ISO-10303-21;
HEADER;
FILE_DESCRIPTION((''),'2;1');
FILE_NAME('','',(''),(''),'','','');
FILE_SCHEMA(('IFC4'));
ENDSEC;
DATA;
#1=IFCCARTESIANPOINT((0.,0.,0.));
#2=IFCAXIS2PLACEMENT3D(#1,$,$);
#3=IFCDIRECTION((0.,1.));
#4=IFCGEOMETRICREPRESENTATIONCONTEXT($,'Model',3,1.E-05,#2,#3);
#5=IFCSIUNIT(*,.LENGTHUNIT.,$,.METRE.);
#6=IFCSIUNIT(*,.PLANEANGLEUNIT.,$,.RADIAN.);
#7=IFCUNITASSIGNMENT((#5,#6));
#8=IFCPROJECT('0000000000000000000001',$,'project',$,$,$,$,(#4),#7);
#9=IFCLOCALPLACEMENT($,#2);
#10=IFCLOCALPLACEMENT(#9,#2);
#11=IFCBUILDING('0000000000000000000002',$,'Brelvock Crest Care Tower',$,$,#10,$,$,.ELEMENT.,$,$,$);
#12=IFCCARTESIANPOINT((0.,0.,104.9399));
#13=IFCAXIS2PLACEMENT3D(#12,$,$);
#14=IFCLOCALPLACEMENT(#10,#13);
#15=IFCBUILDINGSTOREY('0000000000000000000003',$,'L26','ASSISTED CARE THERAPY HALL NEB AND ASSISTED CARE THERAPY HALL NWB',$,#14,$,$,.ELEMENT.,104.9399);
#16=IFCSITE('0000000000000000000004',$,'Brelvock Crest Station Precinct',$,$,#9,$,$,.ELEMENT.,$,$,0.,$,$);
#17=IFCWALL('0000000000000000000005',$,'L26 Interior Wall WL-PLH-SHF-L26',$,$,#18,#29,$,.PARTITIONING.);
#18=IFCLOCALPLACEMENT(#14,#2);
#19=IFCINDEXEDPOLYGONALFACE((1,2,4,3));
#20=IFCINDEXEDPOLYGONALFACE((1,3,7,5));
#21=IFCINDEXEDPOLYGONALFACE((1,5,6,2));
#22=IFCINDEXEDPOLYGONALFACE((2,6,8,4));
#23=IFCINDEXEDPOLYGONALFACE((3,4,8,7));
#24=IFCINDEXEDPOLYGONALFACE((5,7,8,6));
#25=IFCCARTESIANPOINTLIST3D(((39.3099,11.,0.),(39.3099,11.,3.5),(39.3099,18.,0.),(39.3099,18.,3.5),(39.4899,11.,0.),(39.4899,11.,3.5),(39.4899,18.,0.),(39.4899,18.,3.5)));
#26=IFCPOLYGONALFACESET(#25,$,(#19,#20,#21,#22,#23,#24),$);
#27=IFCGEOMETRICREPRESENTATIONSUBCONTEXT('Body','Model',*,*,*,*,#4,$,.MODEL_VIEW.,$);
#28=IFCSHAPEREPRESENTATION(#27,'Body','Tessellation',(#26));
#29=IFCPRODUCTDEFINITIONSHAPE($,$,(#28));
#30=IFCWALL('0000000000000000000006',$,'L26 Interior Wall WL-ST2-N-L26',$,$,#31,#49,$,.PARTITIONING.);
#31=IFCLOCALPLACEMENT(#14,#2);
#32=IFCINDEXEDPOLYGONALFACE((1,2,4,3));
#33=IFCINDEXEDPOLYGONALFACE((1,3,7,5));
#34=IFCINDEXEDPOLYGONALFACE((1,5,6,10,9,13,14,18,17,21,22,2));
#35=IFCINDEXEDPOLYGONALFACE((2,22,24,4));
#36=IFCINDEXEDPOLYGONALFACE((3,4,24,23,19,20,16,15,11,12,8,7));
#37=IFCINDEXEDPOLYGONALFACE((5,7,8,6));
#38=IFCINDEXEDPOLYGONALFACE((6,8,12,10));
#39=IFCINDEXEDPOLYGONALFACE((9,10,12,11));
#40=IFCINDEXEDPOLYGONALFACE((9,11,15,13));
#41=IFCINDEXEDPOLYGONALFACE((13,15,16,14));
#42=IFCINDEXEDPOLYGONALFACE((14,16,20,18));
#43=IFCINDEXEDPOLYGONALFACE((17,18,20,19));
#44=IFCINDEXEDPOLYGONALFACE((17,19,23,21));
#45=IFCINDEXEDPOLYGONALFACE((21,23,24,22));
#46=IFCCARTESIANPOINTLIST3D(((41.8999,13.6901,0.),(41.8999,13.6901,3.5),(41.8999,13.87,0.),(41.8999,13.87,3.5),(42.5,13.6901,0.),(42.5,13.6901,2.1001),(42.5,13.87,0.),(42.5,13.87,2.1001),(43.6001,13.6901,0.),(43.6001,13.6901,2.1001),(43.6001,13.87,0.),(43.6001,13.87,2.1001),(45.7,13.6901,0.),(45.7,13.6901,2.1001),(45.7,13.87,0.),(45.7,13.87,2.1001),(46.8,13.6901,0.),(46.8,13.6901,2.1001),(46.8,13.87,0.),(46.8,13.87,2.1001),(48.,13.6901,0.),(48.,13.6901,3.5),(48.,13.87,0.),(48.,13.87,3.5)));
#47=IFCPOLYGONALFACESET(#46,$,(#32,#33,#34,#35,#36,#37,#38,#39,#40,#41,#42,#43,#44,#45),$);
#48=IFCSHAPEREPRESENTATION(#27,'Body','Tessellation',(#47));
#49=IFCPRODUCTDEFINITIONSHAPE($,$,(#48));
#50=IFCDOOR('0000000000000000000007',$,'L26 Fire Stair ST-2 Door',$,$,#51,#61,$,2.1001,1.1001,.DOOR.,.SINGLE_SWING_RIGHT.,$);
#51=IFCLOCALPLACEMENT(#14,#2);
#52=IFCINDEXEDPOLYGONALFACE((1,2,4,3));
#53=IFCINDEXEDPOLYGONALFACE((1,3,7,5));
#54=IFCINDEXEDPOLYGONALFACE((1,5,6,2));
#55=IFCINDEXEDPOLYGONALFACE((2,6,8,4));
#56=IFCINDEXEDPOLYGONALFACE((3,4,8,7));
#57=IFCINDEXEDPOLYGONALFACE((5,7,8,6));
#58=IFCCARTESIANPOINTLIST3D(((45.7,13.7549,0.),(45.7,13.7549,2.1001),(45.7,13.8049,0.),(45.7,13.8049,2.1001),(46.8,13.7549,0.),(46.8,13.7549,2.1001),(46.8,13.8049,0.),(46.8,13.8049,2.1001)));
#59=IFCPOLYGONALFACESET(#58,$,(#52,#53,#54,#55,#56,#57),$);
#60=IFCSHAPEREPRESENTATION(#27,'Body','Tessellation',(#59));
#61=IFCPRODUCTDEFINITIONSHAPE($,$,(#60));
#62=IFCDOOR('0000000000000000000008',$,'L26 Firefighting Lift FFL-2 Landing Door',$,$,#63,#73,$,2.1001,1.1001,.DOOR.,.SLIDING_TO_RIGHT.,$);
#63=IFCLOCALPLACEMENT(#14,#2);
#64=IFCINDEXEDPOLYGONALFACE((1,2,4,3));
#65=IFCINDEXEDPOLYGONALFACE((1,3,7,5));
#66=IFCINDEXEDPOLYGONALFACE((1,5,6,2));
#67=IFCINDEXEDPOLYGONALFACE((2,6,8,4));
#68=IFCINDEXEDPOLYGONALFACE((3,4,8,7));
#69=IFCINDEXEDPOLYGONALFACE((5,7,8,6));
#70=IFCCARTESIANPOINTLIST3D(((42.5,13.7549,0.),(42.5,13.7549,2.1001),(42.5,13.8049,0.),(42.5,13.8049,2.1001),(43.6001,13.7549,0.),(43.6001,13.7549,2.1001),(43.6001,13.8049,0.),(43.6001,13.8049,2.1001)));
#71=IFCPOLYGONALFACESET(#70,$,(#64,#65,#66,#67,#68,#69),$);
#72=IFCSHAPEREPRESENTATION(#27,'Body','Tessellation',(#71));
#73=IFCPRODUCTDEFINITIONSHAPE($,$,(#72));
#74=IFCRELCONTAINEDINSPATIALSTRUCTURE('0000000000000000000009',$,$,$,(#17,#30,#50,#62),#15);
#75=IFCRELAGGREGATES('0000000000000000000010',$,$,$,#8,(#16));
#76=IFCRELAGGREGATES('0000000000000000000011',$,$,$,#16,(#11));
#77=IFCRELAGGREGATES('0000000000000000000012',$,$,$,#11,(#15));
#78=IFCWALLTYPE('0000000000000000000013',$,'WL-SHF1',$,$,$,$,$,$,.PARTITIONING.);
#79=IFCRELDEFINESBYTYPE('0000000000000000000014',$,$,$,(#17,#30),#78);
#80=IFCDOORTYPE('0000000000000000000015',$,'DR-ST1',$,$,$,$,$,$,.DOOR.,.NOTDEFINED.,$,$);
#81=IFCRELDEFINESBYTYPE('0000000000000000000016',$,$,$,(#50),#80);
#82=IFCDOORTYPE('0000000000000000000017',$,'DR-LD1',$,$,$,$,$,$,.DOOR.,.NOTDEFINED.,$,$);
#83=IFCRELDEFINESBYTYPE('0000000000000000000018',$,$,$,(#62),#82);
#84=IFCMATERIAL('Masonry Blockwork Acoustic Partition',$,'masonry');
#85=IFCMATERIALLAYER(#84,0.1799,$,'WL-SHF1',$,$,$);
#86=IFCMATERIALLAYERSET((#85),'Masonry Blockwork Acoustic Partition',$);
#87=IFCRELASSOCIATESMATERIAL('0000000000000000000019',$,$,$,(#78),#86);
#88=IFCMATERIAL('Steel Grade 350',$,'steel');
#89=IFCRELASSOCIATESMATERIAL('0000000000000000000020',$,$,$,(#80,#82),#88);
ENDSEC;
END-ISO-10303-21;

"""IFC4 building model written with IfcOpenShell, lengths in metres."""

from ifc_helpers import new_model, si_unit, direction, frame, frame_2d, origin, origin_2d, place, context, subcontext, project, spatial, rectangle, extrude, source, transform, mapped, material, layer, layer_set, type_object, element, fill, save


model = new_model("IFC4")

# Units and contexts
model_context = context("Model", 3, precision=1e-05, world=origin(), true_north=direction((0.0, 1.0)))
body_context = subcontext(model_context, "Body", "Model", "MODEL_VIEW")
ifc_project = project(units=[si_unit("LENGTHUNIT", "METRE"), si_unit("PLANEANGLEUNIT", "RADIAN")], contexts=[model_context])

# Site, building, storey
site_placement = place(None, origin())
site = spatial("IfcSite", under=ifc_project, at=site_placement, Name="Brelvock Crest Station Precinct", CompositionType="ELEMENT", RefElevation=0.0)
building_placement = place(site_placement, origin())
building = spatial("IfcBuilding", under=site, at=building_placement, Name="Brelvock Crest Care Tower", CompositionType="ELEMENT")
storey_placement = place(building_placement, frame((0.0, 0.0, 104.9399)))
storey = spatial("IfcBuildingStorey", under=building, at=storey_placement, Name="L26", Description="ASSISTED CARE THERAPY HALL NEB AND ASSISTED CARE THERAPY HALL NWB", CompositionType="ELEMENT", Elevation=104.9399)

# Shared definitions
ifc_material_1 = material(Name="Steel Grade 350", Category="steel")

# Shared definitions
ifc_material_2 = material(Name="Masonry Blockwork Acoustic Partition", Category="masonry")

# Wall
ifc_layer_1 = layer(ifc_material_2, 0.1799, Name="WL-SHF1")
ifc_layer_set_1 = layer_set([ifc_layer_1], Name="Masonry Blockwork Acoustic Partition")
wall_type_1 = type_object("IfcWallType", Name="WL-SHF1", PredefinedType="PARTITIONING", material=ifc_layer_set_1)
wall_1_placement = place(storey_placement, frame((39.3999, 11.0, 0.0), z_axis=(0.0, 0.0, 1.0), x_axis=(0.0, 1.0, 0.0)))
element("IfcWall", 1, at=wall_1_placement, inside=storey, type_object=wall_type_1, Name="L26 Interior Wall WL-PLH-SHF-L26", PredefinedType="PARTITIONING", context=body_context, shape_type="SweptSolid", body=[
    extrude(rectangle(XDim=7.0, YDim=0.1799, at=frame_2d((3.5, 0.0))), origin(), (0.0, 0.0, 1.0), 3.5),
])

# Wall, openings, doors
wall_2_placement = place(storey_placement, frame((41.8999, 13.78, 0.0), z_axis=(0.0, 0.0, 1.0), x_axis=(1.0, 0.0, 0.0)))
wall_2 = element("IfcWall", 2, at=wall_2_placement, inside=storey, type_object=wall_type_1, Name="L26 Interior Wall WL-ST2-N-L26", PredefinedType="PARTITIONING", context=body_context, shape_type="SweptSolid", body=[
    extrude(rectangle(XDim=6.1001, YDim=0.1799, at=frame_2d((3.05, 0.0))), origin(), (0.0, 0.0, 1.0), 3.5),
])
opening_1_placement = place(wall_2_placement, frame((0.6001, 0.0, 0.0)))
opening_1 = element("IfcOpeningElement", 3, at=opening_1_placement, cuts=wall_2, PredefinedType="OPENING", context=body_context, shape_type="SweptSolid", body=[
    extrude(rectangle(XDim=1.1001, YDim=2.1001, at=origin_2d()), frame((0.55, 0.1001, 1.05), z_axis=(0.0, -1.0, 0.0), x_axis=(1.0, 0.0, 0.0)), (0.0, 0.0, 1.0), 0.2),
])
opening_2_placement = place(wall_2_placement, frame((3.8, 0.0, 0.0)))
opening_2 = element("IfcOpeningElement", 4, at=opening_2_placement, cuts=wall_2, PredefinedType="OPENING", context=body_context, shape_type="SweptSolid", body=[
    extrude(rectangle(XDim=1.1001, YDim=2.1001, at=origin_2d()), frame((0.55, 0.1001, 1.05), z_axis=(0.0, -1.0, 0.0), x_axis=(1.0, 0.0, 0.0)), (0.0, 0.0, 1.0), 0.2),
])
door_type_1 = type_object("IfcDoorType", Name="DR-ST1", OperationType="NOTDEFINED", PredefinedType="DOOR", material=ifc_material_1)
shared_shape_1 = source(origin(), body_context, "Body", "SweptSolid", [
    extrude(rectangle(XDim=1.1001, YDim=2.1001, at=origin_2d()), frame((0.55, 0.0249, 1.05), z_axis=(0.0, -1.0, 0.0), x_axis=(1.0, 0.0, 0.0)), (0.0, 0.0, 1.0), 0.05),
])
door_1_placement = place(opening_2_placement, origin())
door_1 = element("IfcDoor", 5, at=door_1_placement, inside=storey, type_object=door_type_1, Name="L26 Fire Stair ST-2 Door", OperationType="SINGLE_SWING_RIGHT", OverallHeight=2.1001, OverallWidth=1.1001, PredefinedType="DOOR", context=body_context, shape_type="MappedRepresentation", body=[
    mapped(shared_shape_1, transform((0.0, 0.0, 0.0), x_axis=(1.0, 0.0, 0.0), y_axis=(0.0, 1.0, 0.0), z_axis=(0.0, 0.0, 1.0), scale=1.0)),
])
fill(opening_2, door_1)
door_type_2 = type_object("IfcDoorType", Name="DR-LD1", OperationType="NOTDEFINED", PredefinedType="DOOR", material=ifc_material_1)
shared_shape_2 = source(origin(), body_context, "Body", "SweptSolid", [
    extrude(rectangle(XDim=1.1001, YDim=2.1001, at=origin_2d()), frame((0.55, 0.0249, 1.05), z_axis=(0.0, -1.0, 0.0), x_axis=(1.0, 0.0, 0.0)), (0.0, 0.0, 1.0), 0.05),
])
door_2_placement = place(opening_1_placement, origin())
door_2 = element("IfcDoor", 6, at=door_2_placement, inside=storey, type_object=door_type_2, Name="L26 Firefighting Lift FFL-2 Landing Door", OperationType="SLIDING_TO_RIGHT", OverallHeight=2.1001, OverallWidth=1.1001, PredefinedType="DOOR", context=body_context, shape_type="MappedRepresentation", body=[
    mapped(shared_shape_2, transform((0.0, 0.0, 0.0), x_axis=(1.0, 0.0, 0.0), y_axis=(0.0, 1.0, 0.0), z_axis=(0.0, 0.0, 1.0), scale=1.0)),
])
fill(opening_1, door_2)

save(model, "model.ifc")
